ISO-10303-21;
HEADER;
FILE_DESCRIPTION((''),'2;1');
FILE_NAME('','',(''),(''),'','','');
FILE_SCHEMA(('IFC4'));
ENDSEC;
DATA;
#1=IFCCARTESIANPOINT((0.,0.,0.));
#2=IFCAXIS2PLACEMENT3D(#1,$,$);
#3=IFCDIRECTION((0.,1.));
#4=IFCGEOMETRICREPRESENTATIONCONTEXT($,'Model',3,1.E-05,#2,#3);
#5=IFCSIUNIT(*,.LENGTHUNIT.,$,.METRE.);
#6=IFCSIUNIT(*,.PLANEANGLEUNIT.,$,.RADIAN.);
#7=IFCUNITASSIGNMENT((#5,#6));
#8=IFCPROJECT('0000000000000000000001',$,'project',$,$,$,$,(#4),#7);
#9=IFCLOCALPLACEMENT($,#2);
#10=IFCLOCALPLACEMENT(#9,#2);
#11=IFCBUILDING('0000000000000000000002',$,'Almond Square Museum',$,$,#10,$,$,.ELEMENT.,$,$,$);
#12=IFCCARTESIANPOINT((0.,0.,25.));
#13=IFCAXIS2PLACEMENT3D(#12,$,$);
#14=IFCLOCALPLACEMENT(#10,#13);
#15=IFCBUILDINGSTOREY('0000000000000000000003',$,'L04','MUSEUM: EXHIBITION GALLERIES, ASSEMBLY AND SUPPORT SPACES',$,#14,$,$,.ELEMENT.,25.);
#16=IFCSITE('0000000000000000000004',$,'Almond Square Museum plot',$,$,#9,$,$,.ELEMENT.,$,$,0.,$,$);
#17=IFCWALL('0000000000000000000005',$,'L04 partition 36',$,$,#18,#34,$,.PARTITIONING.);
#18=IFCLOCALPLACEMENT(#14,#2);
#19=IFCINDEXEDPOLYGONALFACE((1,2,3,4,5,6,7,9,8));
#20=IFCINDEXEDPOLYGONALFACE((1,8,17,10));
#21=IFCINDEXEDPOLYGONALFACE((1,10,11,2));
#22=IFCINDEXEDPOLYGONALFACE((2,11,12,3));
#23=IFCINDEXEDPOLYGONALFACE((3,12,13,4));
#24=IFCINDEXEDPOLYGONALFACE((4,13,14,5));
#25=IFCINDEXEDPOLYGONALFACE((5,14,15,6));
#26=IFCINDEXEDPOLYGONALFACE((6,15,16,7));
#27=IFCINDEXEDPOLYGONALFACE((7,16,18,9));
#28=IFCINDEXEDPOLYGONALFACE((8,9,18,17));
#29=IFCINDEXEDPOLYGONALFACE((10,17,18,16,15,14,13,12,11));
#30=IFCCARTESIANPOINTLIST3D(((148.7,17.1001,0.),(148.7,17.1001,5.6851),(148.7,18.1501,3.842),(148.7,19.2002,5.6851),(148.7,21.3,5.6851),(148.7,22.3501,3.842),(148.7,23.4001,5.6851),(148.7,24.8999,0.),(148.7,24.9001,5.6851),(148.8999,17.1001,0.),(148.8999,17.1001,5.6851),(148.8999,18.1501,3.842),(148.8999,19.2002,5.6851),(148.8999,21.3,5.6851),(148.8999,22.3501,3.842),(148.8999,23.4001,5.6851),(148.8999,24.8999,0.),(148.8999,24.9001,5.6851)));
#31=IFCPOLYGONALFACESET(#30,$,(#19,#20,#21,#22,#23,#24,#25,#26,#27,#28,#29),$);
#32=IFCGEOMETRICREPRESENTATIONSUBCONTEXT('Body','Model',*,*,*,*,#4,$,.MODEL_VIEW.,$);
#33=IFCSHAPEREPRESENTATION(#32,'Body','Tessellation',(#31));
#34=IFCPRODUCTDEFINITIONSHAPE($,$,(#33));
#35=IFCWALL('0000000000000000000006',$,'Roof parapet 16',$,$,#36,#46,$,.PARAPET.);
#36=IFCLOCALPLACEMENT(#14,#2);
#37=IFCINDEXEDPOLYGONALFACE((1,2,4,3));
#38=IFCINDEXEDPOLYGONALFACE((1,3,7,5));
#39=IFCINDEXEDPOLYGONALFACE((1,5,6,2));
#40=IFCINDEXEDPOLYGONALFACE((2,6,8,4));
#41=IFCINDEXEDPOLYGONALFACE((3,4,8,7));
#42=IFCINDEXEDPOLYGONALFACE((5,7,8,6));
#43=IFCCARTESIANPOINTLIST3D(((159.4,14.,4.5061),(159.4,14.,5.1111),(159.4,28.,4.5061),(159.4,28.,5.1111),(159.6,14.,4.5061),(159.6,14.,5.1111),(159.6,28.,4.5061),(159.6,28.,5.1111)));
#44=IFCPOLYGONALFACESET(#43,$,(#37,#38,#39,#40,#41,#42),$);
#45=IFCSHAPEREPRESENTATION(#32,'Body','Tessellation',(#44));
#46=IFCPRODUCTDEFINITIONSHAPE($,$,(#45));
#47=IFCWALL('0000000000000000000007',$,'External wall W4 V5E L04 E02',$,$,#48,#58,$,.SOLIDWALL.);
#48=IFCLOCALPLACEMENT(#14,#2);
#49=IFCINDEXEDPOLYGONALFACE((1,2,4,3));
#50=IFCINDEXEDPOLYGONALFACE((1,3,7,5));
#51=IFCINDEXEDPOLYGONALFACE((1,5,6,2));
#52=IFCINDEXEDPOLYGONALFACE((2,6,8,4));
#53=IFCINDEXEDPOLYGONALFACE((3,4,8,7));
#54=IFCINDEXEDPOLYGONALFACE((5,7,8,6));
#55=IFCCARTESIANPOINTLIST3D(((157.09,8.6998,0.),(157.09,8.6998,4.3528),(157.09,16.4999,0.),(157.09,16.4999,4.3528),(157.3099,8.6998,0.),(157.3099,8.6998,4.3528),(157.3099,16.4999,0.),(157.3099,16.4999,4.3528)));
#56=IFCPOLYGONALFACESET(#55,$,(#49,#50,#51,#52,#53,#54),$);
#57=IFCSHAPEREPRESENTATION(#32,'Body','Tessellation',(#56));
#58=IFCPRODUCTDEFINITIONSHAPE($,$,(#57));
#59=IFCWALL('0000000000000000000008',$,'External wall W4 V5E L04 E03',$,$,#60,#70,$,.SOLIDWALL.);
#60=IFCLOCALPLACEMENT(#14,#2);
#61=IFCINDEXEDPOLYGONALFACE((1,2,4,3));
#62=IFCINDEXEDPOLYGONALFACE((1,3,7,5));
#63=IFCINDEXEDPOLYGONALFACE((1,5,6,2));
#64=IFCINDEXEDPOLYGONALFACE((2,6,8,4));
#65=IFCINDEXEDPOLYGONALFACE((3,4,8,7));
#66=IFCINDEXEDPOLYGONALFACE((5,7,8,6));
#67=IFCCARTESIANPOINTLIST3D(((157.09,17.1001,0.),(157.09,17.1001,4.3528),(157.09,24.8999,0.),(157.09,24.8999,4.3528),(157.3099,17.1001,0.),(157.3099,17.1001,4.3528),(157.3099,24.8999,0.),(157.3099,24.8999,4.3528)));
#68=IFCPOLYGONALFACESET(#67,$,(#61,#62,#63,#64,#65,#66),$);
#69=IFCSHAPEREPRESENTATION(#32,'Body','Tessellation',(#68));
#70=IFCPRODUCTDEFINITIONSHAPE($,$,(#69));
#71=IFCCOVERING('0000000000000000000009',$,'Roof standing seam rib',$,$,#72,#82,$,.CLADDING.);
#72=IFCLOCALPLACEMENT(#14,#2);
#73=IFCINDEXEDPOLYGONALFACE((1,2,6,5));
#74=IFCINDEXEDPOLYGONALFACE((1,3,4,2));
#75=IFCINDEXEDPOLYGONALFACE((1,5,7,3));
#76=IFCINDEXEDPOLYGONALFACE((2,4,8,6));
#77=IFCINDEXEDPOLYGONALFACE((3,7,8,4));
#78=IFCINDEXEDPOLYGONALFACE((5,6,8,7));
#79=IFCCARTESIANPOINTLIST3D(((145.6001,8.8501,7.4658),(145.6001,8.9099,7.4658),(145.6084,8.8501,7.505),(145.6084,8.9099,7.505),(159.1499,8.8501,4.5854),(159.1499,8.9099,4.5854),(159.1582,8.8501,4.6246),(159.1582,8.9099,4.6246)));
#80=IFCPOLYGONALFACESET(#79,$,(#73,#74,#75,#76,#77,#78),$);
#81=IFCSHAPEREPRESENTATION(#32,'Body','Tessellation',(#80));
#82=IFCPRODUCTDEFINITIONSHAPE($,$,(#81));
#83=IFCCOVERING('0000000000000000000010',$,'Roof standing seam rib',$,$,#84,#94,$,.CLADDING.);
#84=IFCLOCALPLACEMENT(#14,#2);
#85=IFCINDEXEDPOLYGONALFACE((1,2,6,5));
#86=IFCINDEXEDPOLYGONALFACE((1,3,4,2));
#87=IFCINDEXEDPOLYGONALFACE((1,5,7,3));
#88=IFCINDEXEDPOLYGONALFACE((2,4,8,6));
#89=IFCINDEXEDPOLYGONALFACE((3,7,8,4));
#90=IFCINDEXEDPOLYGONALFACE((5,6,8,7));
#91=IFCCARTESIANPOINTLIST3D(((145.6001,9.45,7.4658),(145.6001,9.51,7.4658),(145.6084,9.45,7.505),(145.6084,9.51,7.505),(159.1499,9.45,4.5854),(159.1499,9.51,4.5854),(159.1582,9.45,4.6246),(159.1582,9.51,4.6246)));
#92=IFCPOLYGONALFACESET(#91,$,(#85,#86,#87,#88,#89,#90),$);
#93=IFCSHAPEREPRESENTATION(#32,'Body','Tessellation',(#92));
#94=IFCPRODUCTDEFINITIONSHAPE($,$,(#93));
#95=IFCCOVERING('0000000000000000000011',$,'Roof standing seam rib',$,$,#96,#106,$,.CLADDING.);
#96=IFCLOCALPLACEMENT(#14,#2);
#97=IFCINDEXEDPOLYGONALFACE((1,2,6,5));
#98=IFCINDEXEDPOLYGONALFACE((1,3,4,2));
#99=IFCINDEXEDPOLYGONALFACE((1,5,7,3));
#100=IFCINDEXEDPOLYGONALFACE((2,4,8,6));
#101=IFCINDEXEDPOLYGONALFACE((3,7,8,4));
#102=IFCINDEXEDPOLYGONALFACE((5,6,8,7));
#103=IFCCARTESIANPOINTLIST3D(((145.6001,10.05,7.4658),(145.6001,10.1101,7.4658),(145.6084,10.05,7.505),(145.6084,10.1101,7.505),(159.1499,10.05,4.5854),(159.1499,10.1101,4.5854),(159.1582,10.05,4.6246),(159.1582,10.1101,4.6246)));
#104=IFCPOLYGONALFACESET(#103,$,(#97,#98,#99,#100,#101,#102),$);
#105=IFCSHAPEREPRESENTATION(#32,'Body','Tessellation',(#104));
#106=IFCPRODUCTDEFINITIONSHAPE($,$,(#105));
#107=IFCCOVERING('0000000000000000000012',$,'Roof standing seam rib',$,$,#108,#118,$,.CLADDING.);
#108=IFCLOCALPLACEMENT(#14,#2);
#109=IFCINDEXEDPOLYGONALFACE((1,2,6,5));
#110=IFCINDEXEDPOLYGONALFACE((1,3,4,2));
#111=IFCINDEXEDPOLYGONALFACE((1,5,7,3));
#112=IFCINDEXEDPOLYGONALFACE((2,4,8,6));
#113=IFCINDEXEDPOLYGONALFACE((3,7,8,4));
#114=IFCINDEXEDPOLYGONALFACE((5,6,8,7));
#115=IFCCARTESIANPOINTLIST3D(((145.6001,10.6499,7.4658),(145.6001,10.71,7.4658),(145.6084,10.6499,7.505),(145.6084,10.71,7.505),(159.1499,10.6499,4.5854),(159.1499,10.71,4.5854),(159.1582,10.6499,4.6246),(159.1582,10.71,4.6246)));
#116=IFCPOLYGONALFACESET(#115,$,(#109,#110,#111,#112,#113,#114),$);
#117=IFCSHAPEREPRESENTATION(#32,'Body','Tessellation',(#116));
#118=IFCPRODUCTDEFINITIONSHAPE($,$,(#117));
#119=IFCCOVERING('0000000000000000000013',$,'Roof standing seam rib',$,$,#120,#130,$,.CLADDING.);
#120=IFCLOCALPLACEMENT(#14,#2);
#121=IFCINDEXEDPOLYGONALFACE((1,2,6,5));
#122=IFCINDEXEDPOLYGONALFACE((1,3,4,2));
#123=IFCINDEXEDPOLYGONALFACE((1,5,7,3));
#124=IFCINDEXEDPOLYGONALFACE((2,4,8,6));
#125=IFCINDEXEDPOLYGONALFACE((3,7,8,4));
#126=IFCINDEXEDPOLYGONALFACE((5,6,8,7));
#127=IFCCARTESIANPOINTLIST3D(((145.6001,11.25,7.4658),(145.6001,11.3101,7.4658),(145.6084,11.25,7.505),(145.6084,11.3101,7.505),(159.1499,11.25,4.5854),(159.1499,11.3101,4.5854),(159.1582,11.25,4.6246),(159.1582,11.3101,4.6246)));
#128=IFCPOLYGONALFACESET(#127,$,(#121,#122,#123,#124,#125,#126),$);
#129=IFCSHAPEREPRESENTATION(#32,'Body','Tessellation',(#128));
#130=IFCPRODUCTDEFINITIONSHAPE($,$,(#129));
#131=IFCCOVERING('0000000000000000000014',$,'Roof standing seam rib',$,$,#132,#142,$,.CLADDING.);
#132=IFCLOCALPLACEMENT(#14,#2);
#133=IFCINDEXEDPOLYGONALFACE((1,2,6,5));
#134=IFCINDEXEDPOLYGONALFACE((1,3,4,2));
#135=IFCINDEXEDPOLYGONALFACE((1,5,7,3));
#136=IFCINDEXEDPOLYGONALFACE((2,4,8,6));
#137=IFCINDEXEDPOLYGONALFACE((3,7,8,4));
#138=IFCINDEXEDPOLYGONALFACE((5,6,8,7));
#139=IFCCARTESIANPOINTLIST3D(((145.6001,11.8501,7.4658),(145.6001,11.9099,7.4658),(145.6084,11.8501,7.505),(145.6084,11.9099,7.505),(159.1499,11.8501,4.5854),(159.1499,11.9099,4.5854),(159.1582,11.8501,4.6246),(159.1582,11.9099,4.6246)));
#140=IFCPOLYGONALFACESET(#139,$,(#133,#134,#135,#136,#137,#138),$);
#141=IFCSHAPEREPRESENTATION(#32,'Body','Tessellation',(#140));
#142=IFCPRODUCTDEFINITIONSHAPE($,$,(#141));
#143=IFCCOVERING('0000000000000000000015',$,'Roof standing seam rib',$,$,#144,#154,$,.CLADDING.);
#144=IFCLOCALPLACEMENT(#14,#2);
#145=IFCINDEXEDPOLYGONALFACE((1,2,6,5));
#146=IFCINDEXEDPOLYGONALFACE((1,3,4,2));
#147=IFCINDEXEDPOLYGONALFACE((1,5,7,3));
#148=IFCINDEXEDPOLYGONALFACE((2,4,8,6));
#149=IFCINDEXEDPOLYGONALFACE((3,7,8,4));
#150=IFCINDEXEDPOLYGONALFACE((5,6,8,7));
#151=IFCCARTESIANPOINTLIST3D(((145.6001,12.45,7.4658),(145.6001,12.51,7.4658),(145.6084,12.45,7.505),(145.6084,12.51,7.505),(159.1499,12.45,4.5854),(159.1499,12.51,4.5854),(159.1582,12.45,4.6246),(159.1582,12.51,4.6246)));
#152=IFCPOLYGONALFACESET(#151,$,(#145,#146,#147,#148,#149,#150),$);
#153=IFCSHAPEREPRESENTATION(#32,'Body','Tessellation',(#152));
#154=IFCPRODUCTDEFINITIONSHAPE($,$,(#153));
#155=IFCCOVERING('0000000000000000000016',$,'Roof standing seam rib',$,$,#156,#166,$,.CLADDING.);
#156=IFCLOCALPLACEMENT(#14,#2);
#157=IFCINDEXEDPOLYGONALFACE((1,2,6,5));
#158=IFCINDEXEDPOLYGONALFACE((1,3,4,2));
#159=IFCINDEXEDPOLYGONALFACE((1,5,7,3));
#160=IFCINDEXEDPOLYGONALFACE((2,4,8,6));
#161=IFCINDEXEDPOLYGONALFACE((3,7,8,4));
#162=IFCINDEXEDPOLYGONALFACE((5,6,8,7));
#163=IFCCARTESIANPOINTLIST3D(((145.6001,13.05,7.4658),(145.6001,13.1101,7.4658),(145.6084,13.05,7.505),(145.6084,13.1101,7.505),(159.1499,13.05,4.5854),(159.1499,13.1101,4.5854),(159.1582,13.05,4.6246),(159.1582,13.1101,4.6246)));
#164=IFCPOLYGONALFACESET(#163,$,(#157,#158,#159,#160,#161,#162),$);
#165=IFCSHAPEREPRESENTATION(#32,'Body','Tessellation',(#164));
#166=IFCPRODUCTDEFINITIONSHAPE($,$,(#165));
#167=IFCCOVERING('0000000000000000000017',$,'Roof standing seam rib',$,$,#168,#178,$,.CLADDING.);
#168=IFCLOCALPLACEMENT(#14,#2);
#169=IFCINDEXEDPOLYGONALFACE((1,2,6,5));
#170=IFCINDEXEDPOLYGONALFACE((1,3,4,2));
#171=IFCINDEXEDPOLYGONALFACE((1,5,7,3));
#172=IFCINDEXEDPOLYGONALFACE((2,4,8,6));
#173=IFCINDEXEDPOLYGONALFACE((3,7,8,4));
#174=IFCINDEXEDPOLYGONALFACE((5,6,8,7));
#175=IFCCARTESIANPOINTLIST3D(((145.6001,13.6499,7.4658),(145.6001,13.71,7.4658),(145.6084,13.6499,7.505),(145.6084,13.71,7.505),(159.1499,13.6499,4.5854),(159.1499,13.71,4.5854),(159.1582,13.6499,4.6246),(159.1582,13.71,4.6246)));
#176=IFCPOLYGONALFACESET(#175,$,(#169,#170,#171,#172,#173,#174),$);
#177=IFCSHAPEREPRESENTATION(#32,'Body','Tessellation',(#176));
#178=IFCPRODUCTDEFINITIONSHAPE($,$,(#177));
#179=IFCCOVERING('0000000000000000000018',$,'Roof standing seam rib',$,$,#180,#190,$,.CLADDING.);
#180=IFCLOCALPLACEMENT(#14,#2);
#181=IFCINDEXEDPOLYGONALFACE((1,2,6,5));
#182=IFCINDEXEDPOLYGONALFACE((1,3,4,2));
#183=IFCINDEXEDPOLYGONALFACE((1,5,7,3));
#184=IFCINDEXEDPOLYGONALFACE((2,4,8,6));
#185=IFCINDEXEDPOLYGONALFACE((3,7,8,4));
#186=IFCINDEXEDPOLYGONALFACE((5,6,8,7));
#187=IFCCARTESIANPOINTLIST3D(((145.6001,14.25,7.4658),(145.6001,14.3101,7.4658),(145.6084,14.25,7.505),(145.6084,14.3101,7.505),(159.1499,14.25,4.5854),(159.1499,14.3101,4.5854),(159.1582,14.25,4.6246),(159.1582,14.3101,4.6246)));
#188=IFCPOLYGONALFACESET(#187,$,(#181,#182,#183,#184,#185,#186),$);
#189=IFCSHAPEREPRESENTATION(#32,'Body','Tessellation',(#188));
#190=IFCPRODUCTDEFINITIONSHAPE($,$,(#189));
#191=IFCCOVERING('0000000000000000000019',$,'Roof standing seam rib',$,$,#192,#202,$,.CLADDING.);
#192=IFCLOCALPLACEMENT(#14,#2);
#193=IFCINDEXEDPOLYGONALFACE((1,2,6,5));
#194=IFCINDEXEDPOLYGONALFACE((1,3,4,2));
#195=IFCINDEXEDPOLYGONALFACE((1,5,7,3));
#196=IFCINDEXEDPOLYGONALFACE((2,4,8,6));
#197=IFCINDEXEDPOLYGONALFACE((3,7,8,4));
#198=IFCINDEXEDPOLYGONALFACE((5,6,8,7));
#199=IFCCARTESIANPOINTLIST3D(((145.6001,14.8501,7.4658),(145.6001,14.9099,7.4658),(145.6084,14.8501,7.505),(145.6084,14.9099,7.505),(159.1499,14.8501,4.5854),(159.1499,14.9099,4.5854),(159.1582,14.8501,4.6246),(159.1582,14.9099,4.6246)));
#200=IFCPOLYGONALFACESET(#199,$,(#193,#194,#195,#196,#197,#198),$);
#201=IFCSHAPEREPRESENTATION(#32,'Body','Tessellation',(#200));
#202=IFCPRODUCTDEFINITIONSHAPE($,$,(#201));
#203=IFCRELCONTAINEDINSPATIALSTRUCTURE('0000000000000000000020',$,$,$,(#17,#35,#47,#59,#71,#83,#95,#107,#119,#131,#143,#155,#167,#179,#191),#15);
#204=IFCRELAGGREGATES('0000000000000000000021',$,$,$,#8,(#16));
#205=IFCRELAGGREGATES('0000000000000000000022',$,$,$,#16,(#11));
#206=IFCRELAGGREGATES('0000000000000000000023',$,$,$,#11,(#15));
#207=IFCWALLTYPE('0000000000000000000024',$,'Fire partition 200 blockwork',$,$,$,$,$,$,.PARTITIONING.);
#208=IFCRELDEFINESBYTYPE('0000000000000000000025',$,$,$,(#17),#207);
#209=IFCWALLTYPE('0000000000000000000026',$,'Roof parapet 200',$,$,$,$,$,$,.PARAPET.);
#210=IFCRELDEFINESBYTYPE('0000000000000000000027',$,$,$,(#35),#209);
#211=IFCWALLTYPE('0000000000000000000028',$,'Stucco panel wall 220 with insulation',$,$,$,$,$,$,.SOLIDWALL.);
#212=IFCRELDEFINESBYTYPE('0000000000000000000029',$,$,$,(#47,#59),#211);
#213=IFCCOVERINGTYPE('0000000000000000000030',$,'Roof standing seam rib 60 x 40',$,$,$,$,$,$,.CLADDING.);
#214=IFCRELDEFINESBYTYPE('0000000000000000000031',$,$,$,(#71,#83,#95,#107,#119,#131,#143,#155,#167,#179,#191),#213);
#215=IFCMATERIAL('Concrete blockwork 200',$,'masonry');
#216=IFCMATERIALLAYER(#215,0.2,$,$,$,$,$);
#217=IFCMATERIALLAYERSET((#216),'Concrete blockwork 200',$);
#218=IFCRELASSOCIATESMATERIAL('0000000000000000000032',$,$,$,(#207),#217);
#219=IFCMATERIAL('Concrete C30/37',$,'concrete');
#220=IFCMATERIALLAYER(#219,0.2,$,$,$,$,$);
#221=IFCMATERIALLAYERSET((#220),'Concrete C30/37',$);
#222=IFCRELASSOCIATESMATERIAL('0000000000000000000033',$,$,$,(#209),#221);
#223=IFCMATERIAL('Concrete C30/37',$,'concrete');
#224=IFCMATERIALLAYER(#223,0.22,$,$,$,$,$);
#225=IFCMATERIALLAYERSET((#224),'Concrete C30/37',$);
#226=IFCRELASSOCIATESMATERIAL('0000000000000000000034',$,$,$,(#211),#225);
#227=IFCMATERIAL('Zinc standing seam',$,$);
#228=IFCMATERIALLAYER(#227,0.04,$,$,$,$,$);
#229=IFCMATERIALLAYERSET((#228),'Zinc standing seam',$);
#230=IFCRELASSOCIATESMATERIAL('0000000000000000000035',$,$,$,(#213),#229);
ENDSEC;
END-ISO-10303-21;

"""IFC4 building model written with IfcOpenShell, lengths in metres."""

from ifc_helpers import new_model, si_unit, direction, frame, frame_2d, origin, place, context, subcontext, project, spatial, polyline, rectangle, outline, extrude, material, layer, layer_set, type_object, element, save


model = new_model("IFC4")

# Units and contexts
model_context = context("Model", 3, precision=1e-05, world=origin(), true_north=direction((0.0, 1.0)))
body_context = subcontext(model_context, "Body", "Model", "MODEL_VIEW")
ifc_project = project(units=[si_unit("LENGTHUNIT", "METRE"), si_unit("PLANEANGLEUNIT", "RADIAN")], contexts=[model_context])

# Site, building, storey
site_placement = place(None, origin())
site = spatial("IfcSite", under=ifc_project, at=site_placement, Name="Almond Square Museum plot", CompositionType="ELEMENT", RefElevation=0.0)
building_placement = place(site_placement, origin())
building = spatial("IfcBuilding", under=site, at=building_placement, Name="Almond Square Museum", CompositionType="ELEMENT")
storey_placement = place(building_placement, frame((0.0, 0.0, 25.0)))
storey = spatial("IfcBuildingStorey", under=building, at=storey_placement, Name="L04", Description="MUSEUM: EXHIBITION GALLERIES, ASSEMBLY AND SUPPORT SPACES", CompositionType="ELEMENT", Elevation=25.0)

# Walls
ifc_material_1 = material(Name="Concrete blockwork 200", Category="masonry")
ifc_layer_1 = layer(ifc_material_1, 0.2)
ifc_layer_set_1 = layer_set([ifc_layer_1], Name="Concrete blockwork 200")
wall_type_1 = type_object("IfcWallType", Name="Fire partition 200 blockwork", PredefinedType="PARTITIONING", material=ifc_layer_set_1)
wall_1_placement = place(storey_placement, frame((148.8, 17.1001, 0.0), z_axis=(0.0, 0.0, 1.0), x_axis=(0.0, 1.0, 0.0)))
element("IfcWall", 1, at=wall_1_placement, inside=storey, type_object=wall_type_1, Name="L04 partition 36", PredefinedType="PARTITIONING", context=body_context, shape_type="SweptSolid", body=[
    extrude(outline(polyline([(0.0, 0.0), (7.7998, 0.0), (7.8, 5.6851), (6.3, 5.6851), (5.25, 3.842), (4.2, 5.6851), (2.1001, 5.6851), (1.05, 3.842), (0.0, 5.6851), (0.0, 0.0)])), frame((0.0, 0.1001, 0.0), z_axis=(0.0, -1.0, 0.0), x_axis=(1.0, 0.0, 0.0)), (0.0, 0.0, 1.0), 0.2),
])
ifc_material_2 = material(Name="Concrete C30/37", Category="concrete")
ifc_layer_2 = layer(ifc_material_2, 0.2)
ifc_layer_set_2 = layer_set([ifc_layer_2], Name="Concrete C30/37")
wall_type_2 = type_object("IfcWallType", Name="Roof parapet 200", PredefinedType="PARAPET", material=ifc_layer_set_2)
wall_2_placement = place(storey_placement, frame((159.5, 14.0, 4.5061), z_axis=(0.0, 0.0, 1.0), x_axis=(0.0, 1.0, 0.0)))
element("IfcWall", 2, at=wall_2_placement, inside=storey, type_object=wall_type_2, Name="Roof parapet 16", PredefinedType="PARAPET", context=body_context, shape_type="SweptSolid", body=[
    extrude(rectangle(XDim=14.0, YDim=0.2, at=frame_2d((7.0, 0.0))), origin(), (0.0, 0.0, 1.0), 0.605),
])
ifc_material_3 = material(Name="Concrete C30/37", Category="concrete")
ifc_layer_3 = layer(ifc_material_3, 0.22)
ifc_layer_set_3 = layer_set([ifc_layer_3], Name="Concrete C30/37")
wall_type_3 = type_object("IfcWallType", Name="Stucco panel wall 220 with insulation", PredefinedType="SOLIDWALL", material=ifc_layer_set_3)
wall_3_placement = place(storey_placement, frame((157.2, 8.7, 0.0), z_axis=(0.0, 0.0, 1.0), x_axis=(0.0, 1.0, 0.0)))
element("IfcWall", 3, at=wall_3_placement, inside=storey, type_object=wall_type_3, Name="External wall W4 V5E L04 E02", PredefinedType="SOLIDWALL", context=body_context, shape_type="SweptSolid", body=[
    extrude(rectangle(XDim=7.8, YDim=0.22, at=frame_2d((3.8999, 0.0))), origin(), (0.0, 0.0, 1.0), 4.3528),
])
wall_4_placement = place(storey_placement, frame((157.2, 17.1001, 0.0), z_axis=(0.0, 0.0, 1.0), x_axis=(0.0, 1.0, 0.0)))
element("IfcWall", 4, at=wall_4_placement, inside=storey, type_object=wall_type_3, Name="External wall W4 V5E L04 E03", PredefinedType="SOLIDWALL", context=body_context, shape_type="SweptSolid", body=[
    extrude(rectangle(XDim=7.7998, YDim=0.22, at=frame_2d((3.8999, 0.0))), origin(), (0.0, 0.0, 1.0), 4.3528),
])

# Coverings
ifc_material_4 = material(Name="Zinc standing seam")
ifc_layer_4 = layer(ifc_material_4, 0.04)
ifc_layer_set_4 = layer_set([ifc_layer_4], Name="Zinc standing seam")
covering_type = type_object("IfcCoveringType", Name="Roof standing seam rib 60 x 40", PredefinedType="CLADDING", material=ifc_layer_set_4)
covering_1_placement = place(storey_placement, frame((159.1499, 8.8501, 4.5854), z_axis=(0.20793, 0.0, 0.978144), x_axis=(0.0, 1.0, 0.0)))
element("IfcCovering", 5, at=covering_1_placement, inside=storey, type_object=covering_type, Name="Roof standing seam rib", PredefinedType="CLADDING", context=body_context, shape_type="SweptSolid", body=[
    extrude(outline(polyline([(0.0, 0.0), (0.0598, 0.0), (0.0598, 13.8526), (0.0, 13.8526), (0.0, 0.0)])), origin(), (0.0, 0.0, 1.0), 0.04),
])
for number, where, z_axis, x_axis, name in (
    (6, (159.1499, 9.45, 4.5854), (0.20793, 0.0, 0.978144), (0.0, 1.0, 0.0), "Roof standing seam rib"),
    (7, (159.1499, 10.05, 4.5854), (0.20793, 0.0, 0.978144), (0.0, 1.0, 0.0), "Roof standing seam rib"),
    (8, (159.1499, 10.6499, 4.5854), (0.20793, 0.0, 0.978144), (0.0, 1.0, 0.0), "Roof standing seam rib"),
    (9, (159.1499, 11.25, 4.5854), (0.20793, 0.0, 0.978144), (0.0, 1.0, 0.0), "Roof standing seam rib"),
):
    element("IfcCovering", number, at=place(storey_placement, frame(where, z_axis=z_axis, x_axis=x_axis)), inside=storey, type_object=covering_type, Name=name, PredefinedType="CLADDING", context=body_context, shape_type="SweptSolid", body=[
        extrude(outline(polyline([(0.0, 0.0), (0.0601, 0.0), (0.0601, 13.8526), (0.0, 13.8526), (0.0, 0.0)])), origin(), (0.0, 0.0, 1.0), 0.04),
    ])
covering_2_placement = place(storey_placement, frame((159.1499, 11.8501, 4.5854), z_axis=(0.20793, 0.0, 0.978144), x_axis=(0.0, 1.0, 0.0)))
element("IfcCovering", 10, at=covering_2_placement, inside=storey, type_object=covering_type, Name="Roof standing seam rib", PredefinedType="CLADDING", context=body_context, shape_type="SweptSolid", body=[
    extrude(outline(polyline([(0.0, 0.0), (0.0598, 0.0), (0.0598, 13.8526), (0.0, 13.8526), (0.0, 0.0)])), origin(), (0.0, 0.0, 1.0), 0.04),
])
for number, where, z_axis, x_axis, name in (
    (11, (159.1499, 12.45, 4.5854), (0.20793, 0.0, 0.978144), (0.0, 1.0, 0.0), "Roof standing seam rib"),
    (12, (159.1499, 13.05, 4.5854), (0.20793, 0.0, 0.978144), (0.0, 1.0, 0.0), "Roof standing seam rib"),
    (13, (159.1499, 13.6499, 4.5854), (0.20793, 0.0, 0.978144), (0.0, 1.0, 0.0), "Roof standing seam rib"),
    (14, (159.1499, 14.25, 4.5854), (0.20793, 0.0, 0.978144), (0.0, 1.0, 0.0), "Roof standing seam rib"),
):
    element("IfcCovering", number, at=place(storey_placement, frame(where, z_axis=z_axis, x_axis=x_axis)), inside=storey, type_object=covering_type, Name=name, PredefinedType="CLADDING", context=body_context, shape_type="SweptSolid", body=[
        extrude(outline(polyline([(0.0, 0.0), (0.0601, 0.0), (0.0601, 13.8526), (0.0, 13.8526), (0.0, 0.0)])), origin(), (0.0, 0.0, 1.0), 0.04),
    ])
covering_3_placement = place(storey_placement, frame((159.1499, 14.8501, 4.5854), z_axis=(0.20793, 0.0, 0.978144), x_axis=(0.0, 1.0, 0.0)))
element("IfcCovering", 15, at=covering_3_placement, inside=storey, type_object=covering_type, Name="Roof standing seam rib", PredefinedType="CLADDING", context=body_context, shape_type="SweptSolid", body=[
    extrude(outline(polyline([(0.0, 0.0), (0.0598, 0.0), (0.0598, 13.8526), (0.0, 13.8526), (0.0, 0.0)])), origin(), (0.0, 0.0, 1.0), 0.04),
])

save(model, "model.ifc")
